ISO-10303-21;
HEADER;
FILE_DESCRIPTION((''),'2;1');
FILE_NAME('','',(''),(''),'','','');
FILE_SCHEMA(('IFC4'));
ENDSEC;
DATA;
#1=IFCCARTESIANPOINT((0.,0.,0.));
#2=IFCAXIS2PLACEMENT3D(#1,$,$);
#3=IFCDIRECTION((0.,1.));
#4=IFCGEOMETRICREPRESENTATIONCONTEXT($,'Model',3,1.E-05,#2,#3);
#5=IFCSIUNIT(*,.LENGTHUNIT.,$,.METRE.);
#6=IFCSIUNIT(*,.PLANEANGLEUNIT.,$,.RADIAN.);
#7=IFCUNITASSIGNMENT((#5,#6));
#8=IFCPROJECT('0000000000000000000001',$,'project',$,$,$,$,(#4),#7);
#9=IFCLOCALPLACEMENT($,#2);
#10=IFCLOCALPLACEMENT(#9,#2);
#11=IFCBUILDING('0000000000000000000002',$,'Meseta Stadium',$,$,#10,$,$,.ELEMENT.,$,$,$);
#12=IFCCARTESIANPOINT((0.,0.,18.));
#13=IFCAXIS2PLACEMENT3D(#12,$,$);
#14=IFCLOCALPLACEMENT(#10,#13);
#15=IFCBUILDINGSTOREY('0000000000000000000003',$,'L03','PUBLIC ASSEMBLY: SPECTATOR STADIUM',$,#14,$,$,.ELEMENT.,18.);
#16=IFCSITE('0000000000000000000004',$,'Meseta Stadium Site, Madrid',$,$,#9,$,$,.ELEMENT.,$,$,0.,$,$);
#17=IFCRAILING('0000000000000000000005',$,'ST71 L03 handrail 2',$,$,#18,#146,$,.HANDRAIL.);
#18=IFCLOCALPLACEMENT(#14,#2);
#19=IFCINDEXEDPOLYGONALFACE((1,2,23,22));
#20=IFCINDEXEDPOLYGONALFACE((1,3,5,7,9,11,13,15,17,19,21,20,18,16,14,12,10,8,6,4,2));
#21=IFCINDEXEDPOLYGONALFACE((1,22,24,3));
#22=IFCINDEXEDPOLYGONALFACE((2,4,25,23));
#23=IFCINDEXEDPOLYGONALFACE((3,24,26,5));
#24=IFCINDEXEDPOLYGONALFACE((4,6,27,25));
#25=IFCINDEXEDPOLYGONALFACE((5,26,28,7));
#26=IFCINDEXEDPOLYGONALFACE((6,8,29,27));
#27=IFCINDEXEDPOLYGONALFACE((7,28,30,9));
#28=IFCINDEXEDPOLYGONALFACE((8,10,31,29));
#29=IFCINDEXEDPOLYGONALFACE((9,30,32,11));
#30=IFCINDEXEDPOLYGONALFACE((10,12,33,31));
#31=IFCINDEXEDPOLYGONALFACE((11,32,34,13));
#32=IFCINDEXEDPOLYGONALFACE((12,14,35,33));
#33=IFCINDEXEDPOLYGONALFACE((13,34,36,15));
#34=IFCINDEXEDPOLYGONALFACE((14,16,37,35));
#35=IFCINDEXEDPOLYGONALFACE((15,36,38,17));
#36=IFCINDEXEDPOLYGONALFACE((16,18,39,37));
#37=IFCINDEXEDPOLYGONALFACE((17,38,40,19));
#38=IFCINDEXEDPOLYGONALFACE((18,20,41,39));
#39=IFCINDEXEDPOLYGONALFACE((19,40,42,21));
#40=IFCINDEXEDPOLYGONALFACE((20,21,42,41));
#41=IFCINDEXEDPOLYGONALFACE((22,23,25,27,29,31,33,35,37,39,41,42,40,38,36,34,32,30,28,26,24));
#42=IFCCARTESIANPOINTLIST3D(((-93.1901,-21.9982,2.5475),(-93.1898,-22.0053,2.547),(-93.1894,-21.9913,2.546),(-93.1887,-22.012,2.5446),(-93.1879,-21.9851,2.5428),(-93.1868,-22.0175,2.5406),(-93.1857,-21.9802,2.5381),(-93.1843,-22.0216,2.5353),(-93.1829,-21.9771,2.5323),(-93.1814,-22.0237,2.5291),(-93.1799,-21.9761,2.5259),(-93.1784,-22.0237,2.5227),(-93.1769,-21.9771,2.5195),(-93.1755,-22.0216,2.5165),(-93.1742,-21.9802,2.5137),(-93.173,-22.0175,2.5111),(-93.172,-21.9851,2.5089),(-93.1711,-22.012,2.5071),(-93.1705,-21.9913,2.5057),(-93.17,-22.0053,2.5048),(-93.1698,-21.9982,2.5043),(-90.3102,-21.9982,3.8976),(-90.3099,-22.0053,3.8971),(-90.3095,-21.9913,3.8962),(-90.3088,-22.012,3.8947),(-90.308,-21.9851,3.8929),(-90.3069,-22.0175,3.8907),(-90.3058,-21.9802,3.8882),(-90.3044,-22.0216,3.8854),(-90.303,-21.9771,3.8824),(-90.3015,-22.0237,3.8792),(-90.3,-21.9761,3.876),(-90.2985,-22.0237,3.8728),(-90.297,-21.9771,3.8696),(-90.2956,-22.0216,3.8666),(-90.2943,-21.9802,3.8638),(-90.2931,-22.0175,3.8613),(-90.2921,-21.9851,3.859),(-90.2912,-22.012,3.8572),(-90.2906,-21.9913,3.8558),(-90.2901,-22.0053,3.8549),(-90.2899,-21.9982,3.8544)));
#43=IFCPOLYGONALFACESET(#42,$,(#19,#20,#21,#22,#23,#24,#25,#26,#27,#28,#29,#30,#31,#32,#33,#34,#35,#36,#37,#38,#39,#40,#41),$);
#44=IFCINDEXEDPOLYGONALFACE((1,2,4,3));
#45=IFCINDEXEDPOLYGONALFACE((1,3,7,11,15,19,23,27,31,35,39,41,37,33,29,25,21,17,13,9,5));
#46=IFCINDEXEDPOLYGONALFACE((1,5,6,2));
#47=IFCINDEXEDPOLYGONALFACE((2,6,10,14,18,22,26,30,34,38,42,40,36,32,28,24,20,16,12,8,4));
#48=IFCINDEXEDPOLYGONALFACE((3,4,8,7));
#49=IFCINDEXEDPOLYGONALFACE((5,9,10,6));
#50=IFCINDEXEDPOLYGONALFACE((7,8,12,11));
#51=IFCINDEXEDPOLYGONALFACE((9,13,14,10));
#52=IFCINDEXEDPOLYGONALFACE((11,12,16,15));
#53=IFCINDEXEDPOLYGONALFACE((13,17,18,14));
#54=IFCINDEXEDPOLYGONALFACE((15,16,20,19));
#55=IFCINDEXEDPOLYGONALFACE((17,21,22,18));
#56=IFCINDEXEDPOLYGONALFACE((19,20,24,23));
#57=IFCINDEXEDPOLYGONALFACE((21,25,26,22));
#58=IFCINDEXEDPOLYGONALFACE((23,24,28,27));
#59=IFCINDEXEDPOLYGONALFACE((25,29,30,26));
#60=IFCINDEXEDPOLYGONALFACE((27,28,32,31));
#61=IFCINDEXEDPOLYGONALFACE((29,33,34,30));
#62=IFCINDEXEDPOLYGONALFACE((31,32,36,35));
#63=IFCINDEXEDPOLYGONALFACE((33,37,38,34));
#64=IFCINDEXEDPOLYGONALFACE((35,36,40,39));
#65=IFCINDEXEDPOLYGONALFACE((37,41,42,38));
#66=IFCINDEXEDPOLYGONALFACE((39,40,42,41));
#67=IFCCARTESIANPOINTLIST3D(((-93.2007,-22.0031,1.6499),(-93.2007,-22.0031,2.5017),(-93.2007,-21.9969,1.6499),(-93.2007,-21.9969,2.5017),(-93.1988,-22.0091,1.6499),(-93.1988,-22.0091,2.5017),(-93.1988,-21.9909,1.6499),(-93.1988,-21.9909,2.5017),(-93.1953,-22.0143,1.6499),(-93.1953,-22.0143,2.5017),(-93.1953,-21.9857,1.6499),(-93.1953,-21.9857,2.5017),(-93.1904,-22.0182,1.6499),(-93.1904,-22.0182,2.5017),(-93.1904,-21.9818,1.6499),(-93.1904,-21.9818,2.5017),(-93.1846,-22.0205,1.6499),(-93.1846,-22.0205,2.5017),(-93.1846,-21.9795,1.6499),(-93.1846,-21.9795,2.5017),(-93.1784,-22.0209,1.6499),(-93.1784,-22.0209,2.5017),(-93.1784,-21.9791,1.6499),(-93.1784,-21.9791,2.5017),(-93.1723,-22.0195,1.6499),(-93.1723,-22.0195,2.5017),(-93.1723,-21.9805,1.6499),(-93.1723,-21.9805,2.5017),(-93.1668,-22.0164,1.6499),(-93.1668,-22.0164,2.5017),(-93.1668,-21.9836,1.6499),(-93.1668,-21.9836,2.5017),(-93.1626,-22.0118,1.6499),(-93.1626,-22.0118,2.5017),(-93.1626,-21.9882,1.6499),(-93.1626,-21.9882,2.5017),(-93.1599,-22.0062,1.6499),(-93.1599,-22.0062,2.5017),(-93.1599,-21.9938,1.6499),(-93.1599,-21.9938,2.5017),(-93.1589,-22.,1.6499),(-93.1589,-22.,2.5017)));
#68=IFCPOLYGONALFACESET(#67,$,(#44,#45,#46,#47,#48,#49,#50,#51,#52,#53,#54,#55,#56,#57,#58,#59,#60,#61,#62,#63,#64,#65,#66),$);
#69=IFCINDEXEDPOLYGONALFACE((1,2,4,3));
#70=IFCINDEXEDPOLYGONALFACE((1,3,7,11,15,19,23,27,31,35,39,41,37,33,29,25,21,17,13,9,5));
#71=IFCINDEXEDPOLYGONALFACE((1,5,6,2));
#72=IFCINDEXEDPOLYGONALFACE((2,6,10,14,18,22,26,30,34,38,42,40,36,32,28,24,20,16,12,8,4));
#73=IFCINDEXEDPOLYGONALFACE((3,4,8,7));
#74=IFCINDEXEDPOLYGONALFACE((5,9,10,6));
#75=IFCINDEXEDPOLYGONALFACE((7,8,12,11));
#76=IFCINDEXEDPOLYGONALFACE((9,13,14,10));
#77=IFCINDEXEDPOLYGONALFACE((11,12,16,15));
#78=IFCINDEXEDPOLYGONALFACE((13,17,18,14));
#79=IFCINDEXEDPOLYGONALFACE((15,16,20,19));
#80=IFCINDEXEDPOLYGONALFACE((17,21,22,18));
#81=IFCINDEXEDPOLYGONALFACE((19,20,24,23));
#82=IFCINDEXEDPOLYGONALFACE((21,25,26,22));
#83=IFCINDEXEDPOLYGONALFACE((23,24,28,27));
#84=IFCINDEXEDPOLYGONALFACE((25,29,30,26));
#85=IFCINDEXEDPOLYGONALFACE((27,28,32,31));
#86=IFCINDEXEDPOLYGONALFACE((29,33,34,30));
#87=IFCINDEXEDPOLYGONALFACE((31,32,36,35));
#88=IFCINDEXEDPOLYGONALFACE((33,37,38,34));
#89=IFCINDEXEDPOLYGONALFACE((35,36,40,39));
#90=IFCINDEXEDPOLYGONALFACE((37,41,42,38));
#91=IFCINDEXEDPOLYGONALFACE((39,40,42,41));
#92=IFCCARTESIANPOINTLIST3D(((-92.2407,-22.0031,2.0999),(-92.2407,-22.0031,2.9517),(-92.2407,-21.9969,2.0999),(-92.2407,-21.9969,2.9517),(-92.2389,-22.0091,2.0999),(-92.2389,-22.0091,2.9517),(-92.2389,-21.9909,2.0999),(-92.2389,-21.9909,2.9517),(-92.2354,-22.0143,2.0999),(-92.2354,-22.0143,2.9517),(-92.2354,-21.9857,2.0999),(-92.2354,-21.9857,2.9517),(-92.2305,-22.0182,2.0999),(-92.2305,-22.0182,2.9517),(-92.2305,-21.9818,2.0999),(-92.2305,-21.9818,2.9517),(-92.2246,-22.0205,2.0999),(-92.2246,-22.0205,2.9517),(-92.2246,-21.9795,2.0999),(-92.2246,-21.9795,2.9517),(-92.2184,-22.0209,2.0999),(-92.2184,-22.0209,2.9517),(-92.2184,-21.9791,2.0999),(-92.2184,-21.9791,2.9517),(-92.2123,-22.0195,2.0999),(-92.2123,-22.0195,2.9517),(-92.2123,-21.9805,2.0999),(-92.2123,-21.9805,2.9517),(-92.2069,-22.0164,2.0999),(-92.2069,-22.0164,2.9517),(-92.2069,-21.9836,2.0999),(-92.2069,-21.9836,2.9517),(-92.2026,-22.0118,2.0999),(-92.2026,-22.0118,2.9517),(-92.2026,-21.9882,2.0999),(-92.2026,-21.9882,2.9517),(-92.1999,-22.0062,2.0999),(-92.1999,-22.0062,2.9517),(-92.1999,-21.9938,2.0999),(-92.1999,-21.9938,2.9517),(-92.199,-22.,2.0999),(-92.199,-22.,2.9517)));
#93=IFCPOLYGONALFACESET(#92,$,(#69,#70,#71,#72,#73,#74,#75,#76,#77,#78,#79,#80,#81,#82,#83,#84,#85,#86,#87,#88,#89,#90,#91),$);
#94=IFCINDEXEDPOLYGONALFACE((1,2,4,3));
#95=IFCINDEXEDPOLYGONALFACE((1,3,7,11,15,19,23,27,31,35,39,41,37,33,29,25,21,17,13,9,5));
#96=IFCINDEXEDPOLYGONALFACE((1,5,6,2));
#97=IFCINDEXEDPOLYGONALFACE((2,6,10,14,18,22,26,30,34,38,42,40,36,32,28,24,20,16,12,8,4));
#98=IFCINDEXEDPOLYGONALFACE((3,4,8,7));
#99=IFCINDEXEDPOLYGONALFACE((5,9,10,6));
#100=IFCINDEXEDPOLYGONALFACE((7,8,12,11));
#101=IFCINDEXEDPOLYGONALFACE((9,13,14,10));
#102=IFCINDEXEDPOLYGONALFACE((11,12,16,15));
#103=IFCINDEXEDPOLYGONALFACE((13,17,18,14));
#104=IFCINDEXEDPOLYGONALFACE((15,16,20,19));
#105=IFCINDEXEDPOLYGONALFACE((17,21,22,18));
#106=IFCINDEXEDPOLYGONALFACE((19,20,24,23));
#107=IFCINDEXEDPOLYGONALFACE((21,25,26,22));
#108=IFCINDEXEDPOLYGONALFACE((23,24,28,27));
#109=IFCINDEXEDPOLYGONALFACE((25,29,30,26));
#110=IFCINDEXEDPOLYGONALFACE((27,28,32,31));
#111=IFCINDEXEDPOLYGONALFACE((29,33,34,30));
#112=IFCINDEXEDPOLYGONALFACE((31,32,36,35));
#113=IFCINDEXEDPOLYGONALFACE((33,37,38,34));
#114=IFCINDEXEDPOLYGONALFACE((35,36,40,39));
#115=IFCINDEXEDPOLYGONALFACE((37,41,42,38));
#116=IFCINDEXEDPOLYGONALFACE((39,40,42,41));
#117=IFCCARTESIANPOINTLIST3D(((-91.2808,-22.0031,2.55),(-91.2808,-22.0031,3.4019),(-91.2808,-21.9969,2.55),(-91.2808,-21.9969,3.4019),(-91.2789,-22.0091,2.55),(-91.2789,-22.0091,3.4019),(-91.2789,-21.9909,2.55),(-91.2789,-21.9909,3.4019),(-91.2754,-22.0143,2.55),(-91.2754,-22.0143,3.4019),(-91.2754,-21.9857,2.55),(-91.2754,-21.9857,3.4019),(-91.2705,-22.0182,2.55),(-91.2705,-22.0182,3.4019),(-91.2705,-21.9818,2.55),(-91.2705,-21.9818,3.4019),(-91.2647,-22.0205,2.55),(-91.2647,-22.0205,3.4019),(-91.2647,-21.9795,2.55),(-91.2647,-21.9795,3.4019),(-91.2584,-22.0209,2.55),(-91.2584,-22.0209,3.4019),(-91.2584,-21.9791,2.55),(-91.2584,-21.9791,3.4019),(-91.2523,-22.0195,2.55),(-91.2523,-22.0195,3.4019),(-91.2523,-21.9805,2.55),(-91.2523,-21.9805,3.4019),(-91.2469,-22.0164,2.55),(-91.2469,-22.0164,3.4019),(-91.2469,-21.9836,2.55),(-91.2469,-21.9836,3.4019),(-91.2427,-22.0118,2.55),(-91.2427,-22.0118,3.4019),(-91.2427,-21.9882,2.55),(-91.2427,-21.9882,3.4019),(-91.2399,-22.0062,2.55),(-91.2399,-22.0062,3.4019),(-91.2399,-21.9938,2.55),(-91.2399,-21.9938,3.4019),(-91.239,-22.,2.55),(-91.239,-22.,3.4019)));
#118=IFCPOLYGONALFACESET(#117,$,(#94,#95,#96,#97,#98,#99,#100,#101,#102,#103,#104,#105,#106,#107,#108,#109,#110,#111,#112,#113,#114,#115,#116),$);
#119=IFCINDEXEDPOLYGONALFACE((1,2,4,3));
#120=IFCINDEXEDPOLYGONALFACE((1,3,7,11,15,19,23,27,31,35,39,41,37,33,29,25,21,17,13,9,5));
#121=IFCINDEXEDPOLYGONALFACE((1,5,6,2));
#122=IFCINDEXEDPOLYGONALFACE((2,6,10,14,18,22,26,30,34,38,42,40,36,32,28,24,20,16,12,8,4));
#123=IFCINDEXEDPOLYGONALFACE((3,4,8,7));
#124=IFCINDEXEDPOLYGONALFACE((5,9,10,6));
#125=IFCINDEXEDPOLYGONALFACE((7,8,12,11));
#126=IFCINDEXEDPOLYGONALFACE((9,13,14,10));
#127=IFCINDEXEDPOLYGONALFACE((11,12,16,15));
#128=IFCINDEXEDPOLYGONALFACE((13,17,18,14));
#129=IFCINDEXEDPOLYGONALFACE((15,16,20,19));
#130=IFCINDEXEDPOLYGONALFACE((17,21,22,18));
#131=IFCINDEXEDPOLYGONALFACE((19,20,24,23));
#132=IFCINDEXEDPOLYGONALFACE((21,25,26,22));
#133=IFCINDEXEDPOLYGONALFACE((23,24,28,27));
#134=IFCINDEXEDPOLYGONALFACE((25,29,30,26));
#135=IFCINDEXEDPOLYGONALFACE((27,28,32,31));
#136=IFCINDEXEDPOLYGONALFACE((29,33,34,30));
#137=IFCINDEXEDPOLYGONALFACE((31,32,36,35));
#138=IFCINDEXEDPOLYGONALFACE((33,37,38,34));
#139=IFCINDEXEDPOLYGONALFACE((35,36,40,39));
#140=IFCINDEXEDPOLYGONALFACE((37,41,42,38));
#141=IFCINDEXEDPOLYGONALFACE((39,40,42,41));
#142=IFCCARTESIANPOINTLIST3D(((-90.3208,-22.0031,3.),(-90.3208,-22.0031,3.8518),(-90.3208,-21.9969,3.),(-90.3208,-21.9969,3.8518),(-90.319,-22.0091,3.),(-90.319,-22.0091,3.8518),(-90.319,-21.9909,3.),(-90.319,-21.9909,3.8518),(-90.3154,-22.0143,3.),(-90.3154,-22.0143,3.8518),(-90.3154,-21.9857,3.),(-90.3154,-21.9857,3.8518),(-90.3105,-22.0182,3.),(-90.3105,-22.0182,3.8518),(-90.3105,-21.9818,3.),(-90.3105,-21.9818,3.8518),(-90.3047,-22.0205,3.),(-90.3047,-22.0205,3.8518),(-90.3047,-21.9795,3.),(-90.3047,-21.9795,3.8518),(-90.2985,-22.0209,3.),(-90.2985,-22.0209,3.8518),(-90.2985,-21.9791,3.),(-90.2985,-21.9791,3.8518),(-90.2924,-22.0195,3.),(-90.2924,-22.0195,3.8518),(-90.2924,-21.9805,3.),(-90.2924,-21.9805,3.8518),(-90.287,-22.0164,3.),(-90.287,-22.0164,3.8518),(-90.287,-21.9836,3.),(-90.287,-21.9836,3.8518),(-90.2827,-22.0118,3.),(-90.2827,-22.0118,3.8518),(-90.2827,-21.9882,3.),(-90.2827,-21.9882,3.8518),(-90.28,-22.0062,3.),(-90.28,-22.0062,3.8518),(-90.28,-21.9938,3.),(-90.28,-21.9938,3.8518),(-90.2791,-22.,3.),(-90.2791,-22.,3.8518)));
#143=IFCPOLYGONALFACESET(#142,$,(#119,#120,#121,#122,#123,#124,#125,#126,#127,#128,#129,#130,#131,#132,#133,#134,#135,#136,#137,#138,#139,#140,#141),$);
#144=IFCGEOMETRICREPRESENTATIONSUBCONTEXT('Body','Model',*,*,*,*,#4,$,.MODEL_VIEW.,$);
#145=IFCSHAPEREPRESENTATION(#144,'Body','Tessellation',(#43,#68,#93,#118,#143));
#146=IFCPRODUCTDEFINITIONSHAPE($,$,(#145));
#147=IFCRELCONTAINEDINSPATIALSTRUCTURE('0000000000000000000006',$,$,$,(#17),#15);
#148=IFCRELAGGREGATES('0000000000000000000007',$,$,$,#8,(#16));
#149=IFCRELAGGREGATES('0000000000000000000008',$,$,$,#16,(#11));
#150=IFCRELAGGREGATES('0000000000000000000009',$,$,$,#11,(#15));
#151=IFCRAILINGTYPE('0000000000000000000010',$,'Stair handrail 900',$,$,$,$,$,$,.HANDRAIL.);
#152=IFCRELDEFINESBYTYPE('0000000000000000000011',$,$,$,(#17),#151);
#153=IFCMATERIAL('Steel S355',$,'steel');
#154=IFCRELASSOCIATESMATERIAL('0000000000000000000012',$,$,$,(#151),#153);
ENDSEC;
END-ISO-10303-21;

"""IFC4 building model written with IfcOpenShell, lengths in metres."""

from ifc_helpers import new_model, si_unit, direction, frame, origin, origin_2d, place, context, subcontext, project, spatial, circle, extrude, material, type_object, element, save


model = new_model("IFC4")

# Units and contexts
model_context = context("Model", 3, precision=1e-05, world=origin(), true_north=direction((0.0, 1.0)))
body_context = subcontext(model_context, "Body", "Model", "MODEL_VIEW")
ifc_project = project(units=[si_unit("LENGTHUNIT", "METRE"), si_unit("PLANEANGLEUNIT", "RADIAN")], contexts=[model_context])

# Site, building, storey
site_placement = place(None, origin())
site = spatial("IfcSite", under=ifc_project, at=site_placement, Name="Meseta Stadium Site, Madrid", CompositionType="ELEMENT", RefElevation=0.0)
building_placement = place(site_placement, origin())
building = spatial("IfcBuilding", under=site, at=building_placement, Name="Meseta Stadium", CompositionType="ELEMENT")
storey_placement = place(building_placement, frame((0.0, 0.0, 18.0)))
storey = spatial("IfcBuildingStorey", under=building, at=storey_placement, Name="L03", Description="PUBLIC ASSEMBLY: SPECTATOR STADIUM", CompositionType="ELEMENT", Elevation=18.0)

# Railing
ifc_material_1 = material(Name="Steel S355", Category="steel")
railing_type_1 = type_object("IfcRailingType", Name="Stair handrail 900", PredefinedType="HANDRAIL", material=ifc_material_1)
for number, where, name in (
    (1, (-93.1799, -22.0, 1.6499), "ST71 L03 handrail 2"),
):
    element("IfcRailing", number, at=place(storey_placement, frame(where)), inside=storey, type_object=railing_type_1, Name=name, PredefinedType="HANDRAIL", context=body_context, shape_type="SweptSolid", body=[
        extrude(circle(Radius=0.0239, at=origin_2d()), frame((0.0, 0.0, 0.876), z_axis=(0.90544, 0.0, 0.424473), x_axis=(0.0, 1.0, 0.0)), (0.0, 0.0, 1.0), 3.1807),
        extrude(circle(Radius=0.021, at=origin_2d()), origin(), (0.0, 0.0, 1.0), 0.8518),
        extrude(circle(Radius=0.021, at=origin_2d()), frame((0.96, 0.0, 0.45)), (0.0, 0.0, 1.0), 0.8518),
        extrude(circle(Radius=0.021, at=origin_2d()), frame((1.9199, 0.0, 0.9001)), (0.0, 0.0, 1.0), 0.8518),
        extrude(circle(Radius=0.021, at=origin_2d()), frame((2.8799, 0.0, 1.3501)), (0.0, 0.0, 1.0), 0.8518),
    ])

save(model, "model.ifc")
